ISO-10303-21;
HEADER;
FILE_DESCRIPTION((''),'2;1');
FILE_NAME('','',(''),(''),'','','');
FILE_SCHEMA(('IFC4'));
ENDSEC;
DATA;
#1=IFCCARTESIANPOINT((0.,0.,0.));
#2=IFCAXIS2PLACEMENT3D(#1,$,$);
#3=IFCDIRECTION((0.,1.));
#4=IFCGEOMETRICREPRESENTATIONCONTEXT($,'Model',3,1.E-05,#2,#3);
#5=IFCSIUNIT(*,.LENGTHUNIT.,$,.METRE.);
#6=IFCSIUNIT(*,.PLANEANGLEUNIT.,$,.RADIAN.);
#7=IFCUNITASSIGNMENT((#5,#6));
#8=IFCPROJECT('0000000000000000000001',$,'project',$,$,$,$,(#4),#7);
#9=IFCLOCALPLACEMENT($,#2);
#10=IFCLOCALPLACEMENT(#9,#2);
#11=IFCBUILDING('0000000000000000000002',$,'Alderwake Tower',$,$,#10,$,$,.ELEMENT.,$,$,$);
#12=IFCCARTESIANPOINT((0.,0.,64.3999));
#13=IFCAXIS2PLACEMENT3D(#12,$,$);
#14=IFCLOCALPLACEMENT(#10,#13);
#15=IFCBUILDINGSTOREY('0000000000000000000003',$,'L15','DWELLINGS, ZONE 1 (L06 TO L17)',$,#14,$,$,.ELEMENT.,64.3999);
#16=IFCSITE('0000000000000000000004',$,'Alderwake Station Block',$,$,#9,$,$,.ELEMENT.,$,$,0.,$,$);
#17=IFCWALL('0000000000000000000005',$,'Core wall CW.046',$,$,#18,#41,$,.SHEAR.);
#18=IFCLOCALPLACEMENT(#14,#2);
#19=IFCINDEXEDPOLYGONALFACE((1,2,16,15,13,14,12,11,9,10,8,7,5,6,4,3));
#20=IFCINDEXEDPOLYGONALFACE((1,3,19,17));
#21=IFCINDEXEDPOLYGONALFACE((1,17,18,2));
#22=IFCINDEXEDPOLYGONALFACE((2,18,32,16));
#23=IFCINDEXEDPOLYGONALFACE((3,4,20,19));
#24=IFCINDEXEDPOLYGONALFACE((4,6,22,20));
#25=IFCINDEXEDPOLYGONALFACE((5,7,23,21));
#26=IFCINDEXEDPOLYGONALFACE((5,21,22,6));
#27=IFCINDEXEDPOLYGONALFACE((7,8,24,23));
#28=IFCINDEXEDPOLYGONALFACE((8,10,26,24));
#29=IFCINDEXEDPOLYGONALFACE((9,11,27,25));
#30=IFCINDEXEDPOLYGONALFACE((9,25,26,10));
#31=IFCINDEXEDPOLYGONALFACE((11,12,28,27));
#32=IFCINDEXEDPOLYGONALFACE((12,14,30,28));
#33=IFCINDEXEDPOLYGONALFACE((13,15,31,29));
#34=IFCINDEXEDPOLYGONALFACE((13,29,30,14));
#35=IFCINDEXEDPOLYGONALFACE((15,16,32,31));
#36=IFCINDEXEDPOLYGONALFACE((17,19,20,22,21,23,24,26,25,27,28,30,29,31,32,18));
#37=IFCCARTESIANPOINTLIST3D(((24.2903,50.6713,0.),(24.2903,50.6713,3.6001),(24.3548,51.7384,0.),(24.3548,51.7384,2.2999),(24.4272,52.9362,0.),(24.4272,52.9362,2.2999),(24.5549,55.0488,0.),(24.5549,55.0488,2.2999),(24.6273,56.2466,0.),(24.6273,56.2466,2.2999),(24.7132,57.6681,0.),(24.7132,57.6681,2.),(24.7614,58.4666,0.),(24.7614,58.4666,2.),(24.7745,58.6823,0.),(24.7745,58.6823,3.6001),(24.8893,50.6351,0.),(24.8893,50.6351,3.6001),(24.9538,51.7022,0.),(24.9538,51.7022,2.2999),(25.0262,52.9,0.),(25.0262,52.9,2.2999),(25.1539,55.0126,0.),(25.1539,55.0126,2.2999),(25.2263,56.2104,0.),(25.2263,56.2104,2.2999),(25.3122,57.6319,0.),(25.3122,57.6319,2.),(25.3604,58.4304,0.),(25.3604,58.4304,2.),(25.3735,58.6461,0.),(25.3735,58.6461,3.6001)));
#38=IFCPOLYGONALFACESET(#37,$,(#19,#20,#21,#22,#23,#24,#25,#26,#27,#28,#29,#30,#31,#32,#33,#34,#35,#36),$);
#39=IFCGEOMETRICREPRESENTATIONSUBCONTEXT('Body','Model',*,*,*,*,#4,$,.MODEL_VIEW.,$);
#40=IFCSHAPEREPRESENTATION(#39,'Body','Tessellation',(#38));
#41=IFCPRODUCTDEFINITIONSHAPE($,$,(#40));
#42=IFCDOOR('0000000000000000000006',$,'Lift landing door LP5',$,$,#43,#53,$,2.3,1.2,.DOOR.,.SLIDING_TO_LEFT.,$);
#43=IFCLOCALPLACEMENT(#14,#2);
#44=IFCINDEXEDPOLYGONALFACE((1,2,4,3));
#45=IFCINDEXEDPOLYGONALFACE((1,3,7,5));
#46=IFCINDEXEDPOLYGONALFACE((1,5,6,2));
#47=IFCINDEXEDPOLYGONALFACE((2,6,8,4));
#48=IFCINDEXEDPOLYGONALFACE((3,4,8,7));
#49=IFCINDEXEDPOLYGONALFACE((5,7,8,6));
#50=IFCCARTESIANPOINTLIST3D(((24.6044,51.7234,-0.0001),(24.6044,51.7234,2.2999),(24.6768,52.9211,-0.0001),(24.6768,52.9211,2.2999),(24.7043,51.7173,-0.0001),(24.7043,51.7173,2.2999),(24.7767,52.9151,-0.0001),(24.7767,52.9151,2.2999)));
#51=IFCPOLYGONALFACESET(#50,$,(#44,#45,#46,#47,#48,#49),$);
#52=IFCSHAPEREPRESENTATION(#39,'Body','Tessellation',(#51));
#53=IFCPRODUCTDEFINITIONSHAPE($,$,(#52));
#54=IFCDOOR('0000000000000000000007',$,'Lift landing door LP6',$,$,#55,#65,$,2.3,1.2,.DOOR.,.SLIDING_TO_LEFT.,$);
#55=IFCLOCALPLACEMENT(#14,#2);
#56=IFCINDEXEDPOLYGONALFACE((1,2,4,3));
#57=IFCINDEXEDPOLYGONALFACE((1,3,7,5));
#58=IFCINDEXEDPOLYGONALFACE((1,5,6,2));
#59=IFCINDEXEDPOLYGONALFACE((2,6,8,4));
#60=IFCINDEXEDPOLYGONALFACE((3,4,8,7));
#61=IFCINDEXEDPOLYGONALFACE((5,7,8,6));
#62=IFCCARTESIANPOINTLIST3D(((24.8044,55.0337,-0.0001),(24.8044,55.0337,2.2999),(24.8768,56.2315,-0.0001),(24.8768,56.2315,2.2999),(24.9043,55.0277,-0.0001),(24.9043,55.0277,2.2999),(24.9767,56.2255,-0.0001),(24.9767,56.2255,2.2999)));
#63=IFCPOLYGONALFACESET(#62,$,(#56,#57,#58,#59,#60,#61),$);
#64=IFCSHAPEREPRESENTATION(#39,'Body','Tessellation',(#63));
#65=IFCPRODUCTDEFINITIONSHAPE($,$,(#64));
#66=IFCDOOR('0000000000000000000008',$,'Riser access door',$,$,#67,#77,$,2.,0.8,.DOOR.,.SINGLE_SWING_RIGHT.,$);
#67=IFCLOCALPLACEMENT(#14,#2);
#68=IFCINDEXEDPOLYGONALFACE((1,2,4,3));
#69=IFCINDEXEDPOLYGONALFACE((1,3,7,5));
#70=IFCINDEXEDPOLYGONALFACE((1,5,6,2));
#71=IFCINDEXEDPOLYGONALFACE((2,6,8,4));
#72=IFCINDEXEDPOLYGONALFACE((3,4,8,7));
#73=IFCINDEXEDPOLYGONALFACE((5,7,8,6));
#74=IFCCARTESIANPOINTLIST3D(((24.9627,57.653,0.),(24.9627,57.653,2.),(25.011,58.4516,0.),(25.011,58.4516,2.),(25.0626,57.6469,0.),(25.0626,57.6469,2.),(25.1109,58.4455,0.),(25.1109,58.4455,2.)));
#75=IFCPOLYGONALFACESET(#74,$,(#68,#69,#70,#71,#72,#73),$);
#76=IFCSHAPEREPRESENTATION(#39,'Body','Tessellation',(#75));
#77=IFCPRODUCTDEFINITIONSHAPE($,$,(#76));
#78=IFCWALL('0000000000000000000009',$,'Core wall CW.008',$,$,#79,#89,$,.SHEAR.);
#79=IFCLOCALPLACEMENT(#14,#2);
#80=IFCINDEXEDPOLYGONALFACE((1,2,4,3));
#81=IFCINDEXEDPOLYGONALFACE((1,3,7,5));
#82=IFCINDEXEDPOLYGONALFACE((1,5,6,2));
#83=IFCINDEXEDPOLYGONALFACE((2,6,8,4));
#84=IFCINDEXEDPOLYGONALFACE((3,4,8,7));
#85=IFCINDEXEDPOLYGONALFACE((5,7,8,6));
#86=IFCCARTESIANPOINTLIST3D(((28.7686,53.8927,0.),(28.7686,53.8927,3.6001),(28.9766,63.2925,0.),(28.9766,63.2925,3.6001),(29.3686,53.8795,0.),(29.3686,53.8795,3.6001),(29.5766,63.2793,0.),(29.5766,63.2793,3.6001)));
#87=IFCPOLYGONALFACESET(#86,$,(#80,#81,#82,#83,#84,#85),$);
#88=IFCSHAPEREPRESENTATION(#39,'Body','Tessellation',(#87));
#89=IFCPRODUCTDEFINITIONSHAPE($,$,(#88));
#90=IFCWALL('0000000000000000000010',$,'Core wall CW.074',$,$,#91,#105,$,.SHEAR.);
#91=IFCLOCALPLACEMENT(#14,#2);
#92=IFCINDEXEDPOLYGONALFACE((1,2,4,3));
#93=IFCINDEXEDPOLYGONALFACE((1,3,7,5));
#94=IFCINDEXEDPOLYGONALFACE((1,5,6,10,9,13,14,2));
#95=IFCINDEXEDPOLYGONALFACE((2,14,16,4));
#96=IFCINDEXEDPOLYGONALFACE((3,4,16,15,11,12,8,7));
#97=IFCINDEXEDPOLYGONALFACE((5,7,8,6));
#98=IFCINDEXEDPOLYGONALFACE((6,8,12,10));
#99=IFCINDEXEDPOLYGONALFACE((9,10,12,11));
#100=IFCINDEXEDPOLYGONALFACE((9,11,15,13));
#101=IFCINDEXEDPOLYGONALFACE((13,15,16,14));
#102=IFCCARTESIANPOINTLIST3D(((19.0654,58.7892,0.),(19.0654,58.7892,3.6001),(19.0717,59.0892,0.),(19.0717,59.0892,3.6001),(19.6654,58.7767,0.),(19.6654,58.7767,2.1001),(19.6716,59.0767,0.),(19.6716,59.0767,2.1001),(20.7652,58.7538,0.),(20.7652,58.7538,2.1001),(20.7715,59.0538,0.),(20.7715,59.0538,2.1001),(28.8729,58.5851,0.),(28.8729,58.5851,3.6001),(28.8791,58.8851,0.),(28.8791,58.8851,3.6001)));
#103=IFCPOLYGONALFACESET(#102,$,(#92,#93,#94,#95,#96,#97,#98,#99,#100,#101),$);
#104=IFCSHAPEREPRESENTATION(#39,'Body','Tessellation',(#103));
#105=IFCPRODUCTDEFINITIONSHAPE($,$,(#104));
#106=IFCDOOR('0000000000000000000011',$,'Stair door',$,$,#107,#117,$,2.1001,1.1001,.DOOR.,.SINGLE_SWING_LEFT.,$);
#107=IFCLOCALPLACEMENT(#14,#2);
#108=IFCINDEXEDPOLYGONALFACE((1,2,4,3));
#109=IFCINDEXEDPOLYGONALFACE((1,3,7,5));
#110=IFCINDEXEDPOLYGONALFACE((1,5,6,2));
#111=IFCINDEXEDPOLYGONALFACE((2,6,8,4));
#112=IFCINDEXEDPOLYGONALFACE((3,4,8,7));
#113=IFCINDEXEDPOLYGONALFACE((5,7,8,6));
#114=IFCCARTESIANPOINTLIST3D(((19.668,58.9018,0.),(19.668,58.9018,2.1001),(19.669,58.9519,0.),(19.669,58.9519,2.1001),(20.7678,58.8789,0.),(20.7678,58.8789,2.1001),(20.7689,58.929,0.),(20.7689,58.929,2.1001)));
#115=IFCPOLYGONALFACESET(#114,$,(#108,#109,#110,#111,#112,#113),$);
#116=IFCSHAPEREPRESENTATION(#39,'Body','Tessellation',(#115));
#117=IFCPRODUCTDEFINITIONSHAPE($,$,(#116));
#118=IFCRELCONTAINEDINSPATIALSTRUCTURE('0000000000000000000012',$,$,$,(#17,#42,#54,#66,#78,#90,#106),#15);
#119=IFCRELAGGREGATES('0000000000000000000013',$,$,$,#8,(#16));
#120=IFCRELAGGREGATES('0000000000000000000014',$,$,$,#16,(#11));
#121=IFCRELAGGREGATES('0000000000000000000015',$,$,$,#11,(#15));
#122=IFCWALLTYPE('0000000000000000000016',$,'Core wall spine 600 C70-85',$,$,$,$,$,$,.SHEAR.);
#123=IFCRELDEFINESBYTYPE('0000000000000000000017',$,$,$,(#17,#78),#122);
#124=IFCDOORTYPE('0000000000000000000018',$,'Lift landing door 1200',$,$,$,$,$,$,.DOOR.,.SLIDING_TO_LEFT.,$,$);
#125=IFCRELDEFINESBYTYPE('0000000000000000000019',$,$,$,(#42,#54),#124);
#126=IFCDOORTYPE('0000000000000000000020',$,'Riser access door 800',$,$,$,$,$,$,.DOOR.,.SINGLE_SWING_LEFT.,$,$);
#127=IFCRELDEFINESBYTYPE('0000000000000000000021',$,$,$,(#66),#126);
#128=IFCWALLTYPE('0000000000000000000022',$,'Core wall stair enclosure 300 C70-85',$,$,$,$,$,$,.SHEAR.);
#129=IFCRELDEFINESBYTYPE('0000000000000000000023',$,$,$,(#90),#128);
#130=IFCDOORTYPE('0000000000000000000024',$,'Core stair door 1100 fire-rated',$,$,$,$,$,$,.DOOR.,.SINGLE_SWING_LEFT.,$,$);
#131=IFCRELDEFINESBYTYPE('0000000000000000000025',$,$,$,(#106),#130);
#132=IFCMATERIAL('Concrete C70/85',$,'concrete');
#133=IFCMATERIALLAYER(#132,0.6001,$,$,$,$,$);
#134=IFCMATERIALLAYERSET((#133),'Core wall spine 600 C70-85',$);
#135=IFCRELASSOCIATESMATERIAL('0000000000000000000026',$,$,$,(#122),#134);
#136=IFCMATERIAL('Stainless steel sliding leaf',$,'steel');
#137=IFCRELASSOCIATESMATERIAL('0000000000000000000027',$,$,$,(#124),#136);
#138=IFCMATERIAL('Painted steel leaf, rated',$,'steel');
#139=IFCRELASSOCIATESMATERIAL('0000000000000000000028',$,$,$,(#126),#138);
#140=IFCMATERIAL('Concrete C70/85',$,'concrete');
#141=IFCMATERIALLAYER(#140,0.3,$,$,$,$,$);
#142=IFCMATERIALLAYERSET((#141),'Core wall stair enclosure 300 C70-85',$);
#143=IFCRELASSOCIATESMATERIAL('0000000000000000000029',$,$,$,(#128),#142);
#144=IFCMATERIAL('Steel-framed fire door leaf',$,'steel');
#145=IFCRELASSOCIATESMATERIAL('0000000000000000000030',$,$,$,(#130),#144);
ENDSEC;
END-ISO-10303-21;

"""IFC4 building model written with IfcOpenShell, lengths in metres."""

from ifc_helpers import new_model, si_unit, direction, frame, frame_2d, origin, place, context, subcontext, project, spatial, rectangle, extrude, material, layer, layer_set, type_object, element, fill, save


model = new_model("IFC4")

# Units and contexts
model_context = context("Model", 3, precision=1e-05, world=origin(), true_north=direction((0.0, 1.0)))
body_context = subcontext(model_context, "Body", "Model", "MODEL_VIEW")
ifc_project = project(units=[si_unit("LENGTHUNIT", "METRE"), si_unit("PLANEANGLEUNIT", "RADIAN")], contexts=[model_context])

# Site, building, storey
site_placement = place(None, origin())
site = spatial("IfcSite", under=ifc_project, at=site_placement, Name="Alderwake Station Block", CompositionType="ELEMENT", RefElevation=0.0)
building_placement = place(site_placement, origin())
building = spatial("IfcBuilding", under=site, at=building_placement, Name="Alderwake Tower", CompositionType="ELEMENT")
storey_placement = place(building_placement, frame((0.0, 0.0, 64.3999)))
storey = spatial("IfcBuildingStorey", under=building, at=storey_placement, Name="L15", Description="DWELLINGS, ZONE 1 (L06 TO L17)", CompositionType="ELEMENT", Elevation=64.3999)

# Wall, openings, doors
ifc_material_1 = material(Name="Concrete C70/85", Category="concrete")
ifc_layer_1 = layer(ifc_material_1, 0.6001)
ifc_layer_set_1 = layer_set([ifc_layer_1], Name="Core wall spine 600 C70-85")
wall_type_1 = type_object("IfcWallType", Name="Core wall spine 600 C70-85", PredefinedType="SHEAR", material=ifc_layer_set_1)
ifc_material_2 = material(Name="Stainless steel sliding leaf", Category="steel")
door_type_1 = type_object("IfcDoorType", Name="Lift landing door 1200", OperationType="SLIDING_TO_LEFT", PredefinedType="DOOR", material=ifc_material_2)
ifc_material_3 = material(Name="Painted steel leaf, rated", Category="steel")
door_type_2 = type_object("IfcDoorType", Name="Riser access door 800", OperationType="SINGLE_SWING_LEFT", PredefinedType="DOOR", material=ifc_material_3)
wall_1_placement = place(storey_placement, frame((24.5898, 50.6533, 0.0), z_axis=(0.0, 0.0, 1.0), x_axis=(0.060323, 0.998179, 0.0)))
wall_1 = element("IfcWall", 1, at=wall_1_placement, inside=storey, type_object=wall_type_1, Name="Core wall CW.046", PredefinedType="SHEAR", context=body_context, shape_type="SweptSolid", body=[
    extrude(rectangle(XDim=8.0256, YDim=0.6001, at=frame_2d((4.0127, 0.0))), origin(), (0.0, 0.0, 1.0), 3.6001),
])
opening_1_placement = place(wall_1_placement, frame((1.0688, 0.0, 0.0)))
opening_1 = element("IfcOpeningElement", 2, at=opening_1_placement, cuts=wall_1, PredefinedType="OPENING", context=body_context, shape_type="SweptSolid", body=[
    extrude(rectangle(XDim=1.2, YDim=2.3, at=frame_2d((0.6001, 1.1499))), frame((0.0, 0.3101, 0.0), z_axis=(0.0, -1.0, 0.0), x_axis=(1.0, 0.0, 0.0)), (0.0, 0.0, 1.0), 0.6201),
])
opening_2_placement = place(wall_1_placement, frame((4.3853, 0.0, 0.0)))
opening_2 = element("IfcOpeningElement", 3, at=opening_2_placement, cuts=wall_1, PredefinedType="OPENING", context=body_context, shape_type="SweptSolid", body=[
    extrude(rectangle(XDim=1.2, YDim=2.3, at=frame_2d((0.6001, 1.1499))), frame((0.0, 0.3101, 0.0), z_axis=(0.0, -1.0, 0.0), x_axis=(1.0, 0.0, 0.0)), (0.0, 0.0, 1.0), 0.6201),
])
opening_3_placement = place(wall_1_placement, frame((7.0095, 0.0, 0.0)))
opening_3 = element("IfcOpeningElement", 4, at=opening_3_placement, cuts=wall_1, PredefinedType="OPENING", context=body_context, shape_type="SweptSolid", body=[
    extrude(rectangle(XDim=0.8, YDim=2.0, at=frame_2d((0.3999, 1.0))), frame((0.0, 0.3101, 0.0), z_axis=(0.0, -1.0, 0.0), x_axis=(1.0, 0.0, 0.0)), (0.0, 0.0, 1.0), 0.6201),
])
door_1_placement = place(opening_1_placement, origin())
door_1 = element("IfcDoor", 5, at=door_1_placement, inside=storey, type_object=door_type_1, Name="Lift landing door LP5", OperationType="SLIDING_TO_LEFT", OverallHeight=2.3, OverallWidth=1.2, PredefinedType="DOOR", context=body_context, shape_type="SweptSolid", body=[
    extrude(rectangle(XDim=1.2, YDim=2.3, at=frame_2d((0.6001, 1.1499))), frame((0.0, 0.05, 0.0), z_axis=(0.0, -1.0, 0.0), x_axis=(1.0, 0.0, 0.0)), (0.0, 0.0, 1.0), 0.1001),
])
fill(opening_1, door_1)
door_2_placement = place(opening_2_placement, origin())
door_2 = element("IfcDoor", 6, at=door_2_placement, inside=storey, type_object=door_type_1, Name="Lift landing door LP6", OperationType="SLIDING_TO_LEFT", OverallHeight=2.3, OverallWidth=1.2, PredefinedType="DOOR", context=body_context, shape_type="SweptSolid", body=[
    extrude(rectangle(XDim=1.2, YDim=2.3, at=frame_2d((0.6001, 1.1499))), frame((0.0, 0.05, 0.0), z_axis=(0.0, -1.0, 0.0), x_axis=(1.0, 0.0, 0.0)), (0.0, 0.0, 1.0), 0.1001),
])
fill(opening_2, door_2)
door_3_placement = place(opening_3_placement, origin())
door_3 = element("IfcDoor", 7, at=door_3_placement, inside=storey, type_object=door_type_2, Name="Riser access door", OperationType="SINGLE_SWING_RIGHT", OverallHeight=2.0, OverallWidth=0.8, PredefinedType="DOOR", context=body_context, shape_type="SweptSolid", body=[
    extrude(rectangle(XDim=0.8, YDim=2.0, at=frame_2d((0.3999, 1.0))), frame((0.0, 0.05, 0.0), z_axis=(0.0, -1.0, 0.0), x_axis=(1.0, 0.0, 0.0)), (0.0, 0.0, 1.0), 0.1001),
])
fill(opening_3, door_3)

# Wall
wall_2_placement = place(storey_placement, frame((29.0686, 53.886, 0.0), z_axis=(0.0, 0.0, 1.0), x_axis=(0.022123, 0.999755, 0.0)))
element("IfcWall", 8, at=wall_2_placement, inside=storey, type_object=wall_type_1, Name="Core wall CW.008", PredefinedType="SHEAR", context=body_context, shape_type="SweptSolid", body=[
    extrude(rectangle(XDim=9.4021, YDim=0.6001, at=frame_2d((4.7012, 0.0))), origin(), (0.0, 0.0, 1.0), 3.6001),
])

# Wall, opening, door
ifc_material_4 = material(Name="Concrete C70/85", Category="concrete")
ifc_layer_2 = layer(ifc_material_4, 0.3)
ifc_layer_set_2 = layer_set([ifc_layer_2], Name="Core wall stair enclosure 300 C70-85")
wall_type_2 = type_object("IfcWallType", Name="Core wall stair enclosure 300 C70-85", PredefinedType="SHEAR", material=ifc_layer_set_2)
wall_3_placement = place(storey_placement, frame((28.876, 58.7351, 0.0), z_axis=(0.0, 0.0, 1.0), x_axis=(-0.999784, 0.020807, 0.0)))
wall_3 = element("IfcWall", 9, at=wall_3_placement, inside=storey, type_object=wall_type_2, Name="Core wall CW.074", PredefinedType="SHEAR", context=body_context, shape_type="SweptSolid", body=[
    extrude(rectangle(XDim=9.8096, YDim=0.3, at=frame_2d((4.9048, 0.0))), origin(), (0.0, 0.0, 1.0), 3.6001),
])
opening_4_placement = place(wall_3_placement, frame((8.1094, 0.0, 0.0)))
opening_4 = element("IfcOpeningElement", 10, at=opening_4_placement, cuts=wall_3, PredefinedType="OPENING", context=body_context, shape_type="SweptSolid", body=[
    extrude(rectangle(XDim=1.1001, YDim=2.1001, at=frame_2d((0.55, 1.05))), frame((0.0, 0.1599, 0.0), z_axis=(0.0, -1.0, 0.0), x_axis=(1.0, 0.0, 0.0)), (0.0, 0.0, 1.0), 0.3201),
])
ifc_material_5 = material(Name="Steel-framed fire door leaf", Category="steel")
door_type_3 = type_object("IfcDoorType", Name="Core stair door 1100 fire-rated", OperationType="SINGLE_SWING_LEFT", PredefinedType="DOOR", material=ifc_material_5)
door_4_placement = place(opening_4_placement, origin())
door_4 = element("IfcDoor", 11, at=door_4_placement, inside=storey, type_object=door_type_3, Name="Stair door", OperationType="SINGLE_SWING_LEFT", OverallHeight=2.1001, OverallWidth=1.1001, PredefinedType="DOOR", context=body_context, shape_type="SweptSolid", body=[
    extrude(rectangle(XDim=1.1001, YDim=2.1001, at=frame_2d((0.55, 1.05))), frame((0.0, 0.0249, 0.0), z_axis=(0.0, -1.0, 0.0), x_axis=(1.0, 0.0, 0.0)), (0.0, 0.0, 1.0), 0.05),
])
fill(opening_4, door_4)

save(model, "model.ifc")
